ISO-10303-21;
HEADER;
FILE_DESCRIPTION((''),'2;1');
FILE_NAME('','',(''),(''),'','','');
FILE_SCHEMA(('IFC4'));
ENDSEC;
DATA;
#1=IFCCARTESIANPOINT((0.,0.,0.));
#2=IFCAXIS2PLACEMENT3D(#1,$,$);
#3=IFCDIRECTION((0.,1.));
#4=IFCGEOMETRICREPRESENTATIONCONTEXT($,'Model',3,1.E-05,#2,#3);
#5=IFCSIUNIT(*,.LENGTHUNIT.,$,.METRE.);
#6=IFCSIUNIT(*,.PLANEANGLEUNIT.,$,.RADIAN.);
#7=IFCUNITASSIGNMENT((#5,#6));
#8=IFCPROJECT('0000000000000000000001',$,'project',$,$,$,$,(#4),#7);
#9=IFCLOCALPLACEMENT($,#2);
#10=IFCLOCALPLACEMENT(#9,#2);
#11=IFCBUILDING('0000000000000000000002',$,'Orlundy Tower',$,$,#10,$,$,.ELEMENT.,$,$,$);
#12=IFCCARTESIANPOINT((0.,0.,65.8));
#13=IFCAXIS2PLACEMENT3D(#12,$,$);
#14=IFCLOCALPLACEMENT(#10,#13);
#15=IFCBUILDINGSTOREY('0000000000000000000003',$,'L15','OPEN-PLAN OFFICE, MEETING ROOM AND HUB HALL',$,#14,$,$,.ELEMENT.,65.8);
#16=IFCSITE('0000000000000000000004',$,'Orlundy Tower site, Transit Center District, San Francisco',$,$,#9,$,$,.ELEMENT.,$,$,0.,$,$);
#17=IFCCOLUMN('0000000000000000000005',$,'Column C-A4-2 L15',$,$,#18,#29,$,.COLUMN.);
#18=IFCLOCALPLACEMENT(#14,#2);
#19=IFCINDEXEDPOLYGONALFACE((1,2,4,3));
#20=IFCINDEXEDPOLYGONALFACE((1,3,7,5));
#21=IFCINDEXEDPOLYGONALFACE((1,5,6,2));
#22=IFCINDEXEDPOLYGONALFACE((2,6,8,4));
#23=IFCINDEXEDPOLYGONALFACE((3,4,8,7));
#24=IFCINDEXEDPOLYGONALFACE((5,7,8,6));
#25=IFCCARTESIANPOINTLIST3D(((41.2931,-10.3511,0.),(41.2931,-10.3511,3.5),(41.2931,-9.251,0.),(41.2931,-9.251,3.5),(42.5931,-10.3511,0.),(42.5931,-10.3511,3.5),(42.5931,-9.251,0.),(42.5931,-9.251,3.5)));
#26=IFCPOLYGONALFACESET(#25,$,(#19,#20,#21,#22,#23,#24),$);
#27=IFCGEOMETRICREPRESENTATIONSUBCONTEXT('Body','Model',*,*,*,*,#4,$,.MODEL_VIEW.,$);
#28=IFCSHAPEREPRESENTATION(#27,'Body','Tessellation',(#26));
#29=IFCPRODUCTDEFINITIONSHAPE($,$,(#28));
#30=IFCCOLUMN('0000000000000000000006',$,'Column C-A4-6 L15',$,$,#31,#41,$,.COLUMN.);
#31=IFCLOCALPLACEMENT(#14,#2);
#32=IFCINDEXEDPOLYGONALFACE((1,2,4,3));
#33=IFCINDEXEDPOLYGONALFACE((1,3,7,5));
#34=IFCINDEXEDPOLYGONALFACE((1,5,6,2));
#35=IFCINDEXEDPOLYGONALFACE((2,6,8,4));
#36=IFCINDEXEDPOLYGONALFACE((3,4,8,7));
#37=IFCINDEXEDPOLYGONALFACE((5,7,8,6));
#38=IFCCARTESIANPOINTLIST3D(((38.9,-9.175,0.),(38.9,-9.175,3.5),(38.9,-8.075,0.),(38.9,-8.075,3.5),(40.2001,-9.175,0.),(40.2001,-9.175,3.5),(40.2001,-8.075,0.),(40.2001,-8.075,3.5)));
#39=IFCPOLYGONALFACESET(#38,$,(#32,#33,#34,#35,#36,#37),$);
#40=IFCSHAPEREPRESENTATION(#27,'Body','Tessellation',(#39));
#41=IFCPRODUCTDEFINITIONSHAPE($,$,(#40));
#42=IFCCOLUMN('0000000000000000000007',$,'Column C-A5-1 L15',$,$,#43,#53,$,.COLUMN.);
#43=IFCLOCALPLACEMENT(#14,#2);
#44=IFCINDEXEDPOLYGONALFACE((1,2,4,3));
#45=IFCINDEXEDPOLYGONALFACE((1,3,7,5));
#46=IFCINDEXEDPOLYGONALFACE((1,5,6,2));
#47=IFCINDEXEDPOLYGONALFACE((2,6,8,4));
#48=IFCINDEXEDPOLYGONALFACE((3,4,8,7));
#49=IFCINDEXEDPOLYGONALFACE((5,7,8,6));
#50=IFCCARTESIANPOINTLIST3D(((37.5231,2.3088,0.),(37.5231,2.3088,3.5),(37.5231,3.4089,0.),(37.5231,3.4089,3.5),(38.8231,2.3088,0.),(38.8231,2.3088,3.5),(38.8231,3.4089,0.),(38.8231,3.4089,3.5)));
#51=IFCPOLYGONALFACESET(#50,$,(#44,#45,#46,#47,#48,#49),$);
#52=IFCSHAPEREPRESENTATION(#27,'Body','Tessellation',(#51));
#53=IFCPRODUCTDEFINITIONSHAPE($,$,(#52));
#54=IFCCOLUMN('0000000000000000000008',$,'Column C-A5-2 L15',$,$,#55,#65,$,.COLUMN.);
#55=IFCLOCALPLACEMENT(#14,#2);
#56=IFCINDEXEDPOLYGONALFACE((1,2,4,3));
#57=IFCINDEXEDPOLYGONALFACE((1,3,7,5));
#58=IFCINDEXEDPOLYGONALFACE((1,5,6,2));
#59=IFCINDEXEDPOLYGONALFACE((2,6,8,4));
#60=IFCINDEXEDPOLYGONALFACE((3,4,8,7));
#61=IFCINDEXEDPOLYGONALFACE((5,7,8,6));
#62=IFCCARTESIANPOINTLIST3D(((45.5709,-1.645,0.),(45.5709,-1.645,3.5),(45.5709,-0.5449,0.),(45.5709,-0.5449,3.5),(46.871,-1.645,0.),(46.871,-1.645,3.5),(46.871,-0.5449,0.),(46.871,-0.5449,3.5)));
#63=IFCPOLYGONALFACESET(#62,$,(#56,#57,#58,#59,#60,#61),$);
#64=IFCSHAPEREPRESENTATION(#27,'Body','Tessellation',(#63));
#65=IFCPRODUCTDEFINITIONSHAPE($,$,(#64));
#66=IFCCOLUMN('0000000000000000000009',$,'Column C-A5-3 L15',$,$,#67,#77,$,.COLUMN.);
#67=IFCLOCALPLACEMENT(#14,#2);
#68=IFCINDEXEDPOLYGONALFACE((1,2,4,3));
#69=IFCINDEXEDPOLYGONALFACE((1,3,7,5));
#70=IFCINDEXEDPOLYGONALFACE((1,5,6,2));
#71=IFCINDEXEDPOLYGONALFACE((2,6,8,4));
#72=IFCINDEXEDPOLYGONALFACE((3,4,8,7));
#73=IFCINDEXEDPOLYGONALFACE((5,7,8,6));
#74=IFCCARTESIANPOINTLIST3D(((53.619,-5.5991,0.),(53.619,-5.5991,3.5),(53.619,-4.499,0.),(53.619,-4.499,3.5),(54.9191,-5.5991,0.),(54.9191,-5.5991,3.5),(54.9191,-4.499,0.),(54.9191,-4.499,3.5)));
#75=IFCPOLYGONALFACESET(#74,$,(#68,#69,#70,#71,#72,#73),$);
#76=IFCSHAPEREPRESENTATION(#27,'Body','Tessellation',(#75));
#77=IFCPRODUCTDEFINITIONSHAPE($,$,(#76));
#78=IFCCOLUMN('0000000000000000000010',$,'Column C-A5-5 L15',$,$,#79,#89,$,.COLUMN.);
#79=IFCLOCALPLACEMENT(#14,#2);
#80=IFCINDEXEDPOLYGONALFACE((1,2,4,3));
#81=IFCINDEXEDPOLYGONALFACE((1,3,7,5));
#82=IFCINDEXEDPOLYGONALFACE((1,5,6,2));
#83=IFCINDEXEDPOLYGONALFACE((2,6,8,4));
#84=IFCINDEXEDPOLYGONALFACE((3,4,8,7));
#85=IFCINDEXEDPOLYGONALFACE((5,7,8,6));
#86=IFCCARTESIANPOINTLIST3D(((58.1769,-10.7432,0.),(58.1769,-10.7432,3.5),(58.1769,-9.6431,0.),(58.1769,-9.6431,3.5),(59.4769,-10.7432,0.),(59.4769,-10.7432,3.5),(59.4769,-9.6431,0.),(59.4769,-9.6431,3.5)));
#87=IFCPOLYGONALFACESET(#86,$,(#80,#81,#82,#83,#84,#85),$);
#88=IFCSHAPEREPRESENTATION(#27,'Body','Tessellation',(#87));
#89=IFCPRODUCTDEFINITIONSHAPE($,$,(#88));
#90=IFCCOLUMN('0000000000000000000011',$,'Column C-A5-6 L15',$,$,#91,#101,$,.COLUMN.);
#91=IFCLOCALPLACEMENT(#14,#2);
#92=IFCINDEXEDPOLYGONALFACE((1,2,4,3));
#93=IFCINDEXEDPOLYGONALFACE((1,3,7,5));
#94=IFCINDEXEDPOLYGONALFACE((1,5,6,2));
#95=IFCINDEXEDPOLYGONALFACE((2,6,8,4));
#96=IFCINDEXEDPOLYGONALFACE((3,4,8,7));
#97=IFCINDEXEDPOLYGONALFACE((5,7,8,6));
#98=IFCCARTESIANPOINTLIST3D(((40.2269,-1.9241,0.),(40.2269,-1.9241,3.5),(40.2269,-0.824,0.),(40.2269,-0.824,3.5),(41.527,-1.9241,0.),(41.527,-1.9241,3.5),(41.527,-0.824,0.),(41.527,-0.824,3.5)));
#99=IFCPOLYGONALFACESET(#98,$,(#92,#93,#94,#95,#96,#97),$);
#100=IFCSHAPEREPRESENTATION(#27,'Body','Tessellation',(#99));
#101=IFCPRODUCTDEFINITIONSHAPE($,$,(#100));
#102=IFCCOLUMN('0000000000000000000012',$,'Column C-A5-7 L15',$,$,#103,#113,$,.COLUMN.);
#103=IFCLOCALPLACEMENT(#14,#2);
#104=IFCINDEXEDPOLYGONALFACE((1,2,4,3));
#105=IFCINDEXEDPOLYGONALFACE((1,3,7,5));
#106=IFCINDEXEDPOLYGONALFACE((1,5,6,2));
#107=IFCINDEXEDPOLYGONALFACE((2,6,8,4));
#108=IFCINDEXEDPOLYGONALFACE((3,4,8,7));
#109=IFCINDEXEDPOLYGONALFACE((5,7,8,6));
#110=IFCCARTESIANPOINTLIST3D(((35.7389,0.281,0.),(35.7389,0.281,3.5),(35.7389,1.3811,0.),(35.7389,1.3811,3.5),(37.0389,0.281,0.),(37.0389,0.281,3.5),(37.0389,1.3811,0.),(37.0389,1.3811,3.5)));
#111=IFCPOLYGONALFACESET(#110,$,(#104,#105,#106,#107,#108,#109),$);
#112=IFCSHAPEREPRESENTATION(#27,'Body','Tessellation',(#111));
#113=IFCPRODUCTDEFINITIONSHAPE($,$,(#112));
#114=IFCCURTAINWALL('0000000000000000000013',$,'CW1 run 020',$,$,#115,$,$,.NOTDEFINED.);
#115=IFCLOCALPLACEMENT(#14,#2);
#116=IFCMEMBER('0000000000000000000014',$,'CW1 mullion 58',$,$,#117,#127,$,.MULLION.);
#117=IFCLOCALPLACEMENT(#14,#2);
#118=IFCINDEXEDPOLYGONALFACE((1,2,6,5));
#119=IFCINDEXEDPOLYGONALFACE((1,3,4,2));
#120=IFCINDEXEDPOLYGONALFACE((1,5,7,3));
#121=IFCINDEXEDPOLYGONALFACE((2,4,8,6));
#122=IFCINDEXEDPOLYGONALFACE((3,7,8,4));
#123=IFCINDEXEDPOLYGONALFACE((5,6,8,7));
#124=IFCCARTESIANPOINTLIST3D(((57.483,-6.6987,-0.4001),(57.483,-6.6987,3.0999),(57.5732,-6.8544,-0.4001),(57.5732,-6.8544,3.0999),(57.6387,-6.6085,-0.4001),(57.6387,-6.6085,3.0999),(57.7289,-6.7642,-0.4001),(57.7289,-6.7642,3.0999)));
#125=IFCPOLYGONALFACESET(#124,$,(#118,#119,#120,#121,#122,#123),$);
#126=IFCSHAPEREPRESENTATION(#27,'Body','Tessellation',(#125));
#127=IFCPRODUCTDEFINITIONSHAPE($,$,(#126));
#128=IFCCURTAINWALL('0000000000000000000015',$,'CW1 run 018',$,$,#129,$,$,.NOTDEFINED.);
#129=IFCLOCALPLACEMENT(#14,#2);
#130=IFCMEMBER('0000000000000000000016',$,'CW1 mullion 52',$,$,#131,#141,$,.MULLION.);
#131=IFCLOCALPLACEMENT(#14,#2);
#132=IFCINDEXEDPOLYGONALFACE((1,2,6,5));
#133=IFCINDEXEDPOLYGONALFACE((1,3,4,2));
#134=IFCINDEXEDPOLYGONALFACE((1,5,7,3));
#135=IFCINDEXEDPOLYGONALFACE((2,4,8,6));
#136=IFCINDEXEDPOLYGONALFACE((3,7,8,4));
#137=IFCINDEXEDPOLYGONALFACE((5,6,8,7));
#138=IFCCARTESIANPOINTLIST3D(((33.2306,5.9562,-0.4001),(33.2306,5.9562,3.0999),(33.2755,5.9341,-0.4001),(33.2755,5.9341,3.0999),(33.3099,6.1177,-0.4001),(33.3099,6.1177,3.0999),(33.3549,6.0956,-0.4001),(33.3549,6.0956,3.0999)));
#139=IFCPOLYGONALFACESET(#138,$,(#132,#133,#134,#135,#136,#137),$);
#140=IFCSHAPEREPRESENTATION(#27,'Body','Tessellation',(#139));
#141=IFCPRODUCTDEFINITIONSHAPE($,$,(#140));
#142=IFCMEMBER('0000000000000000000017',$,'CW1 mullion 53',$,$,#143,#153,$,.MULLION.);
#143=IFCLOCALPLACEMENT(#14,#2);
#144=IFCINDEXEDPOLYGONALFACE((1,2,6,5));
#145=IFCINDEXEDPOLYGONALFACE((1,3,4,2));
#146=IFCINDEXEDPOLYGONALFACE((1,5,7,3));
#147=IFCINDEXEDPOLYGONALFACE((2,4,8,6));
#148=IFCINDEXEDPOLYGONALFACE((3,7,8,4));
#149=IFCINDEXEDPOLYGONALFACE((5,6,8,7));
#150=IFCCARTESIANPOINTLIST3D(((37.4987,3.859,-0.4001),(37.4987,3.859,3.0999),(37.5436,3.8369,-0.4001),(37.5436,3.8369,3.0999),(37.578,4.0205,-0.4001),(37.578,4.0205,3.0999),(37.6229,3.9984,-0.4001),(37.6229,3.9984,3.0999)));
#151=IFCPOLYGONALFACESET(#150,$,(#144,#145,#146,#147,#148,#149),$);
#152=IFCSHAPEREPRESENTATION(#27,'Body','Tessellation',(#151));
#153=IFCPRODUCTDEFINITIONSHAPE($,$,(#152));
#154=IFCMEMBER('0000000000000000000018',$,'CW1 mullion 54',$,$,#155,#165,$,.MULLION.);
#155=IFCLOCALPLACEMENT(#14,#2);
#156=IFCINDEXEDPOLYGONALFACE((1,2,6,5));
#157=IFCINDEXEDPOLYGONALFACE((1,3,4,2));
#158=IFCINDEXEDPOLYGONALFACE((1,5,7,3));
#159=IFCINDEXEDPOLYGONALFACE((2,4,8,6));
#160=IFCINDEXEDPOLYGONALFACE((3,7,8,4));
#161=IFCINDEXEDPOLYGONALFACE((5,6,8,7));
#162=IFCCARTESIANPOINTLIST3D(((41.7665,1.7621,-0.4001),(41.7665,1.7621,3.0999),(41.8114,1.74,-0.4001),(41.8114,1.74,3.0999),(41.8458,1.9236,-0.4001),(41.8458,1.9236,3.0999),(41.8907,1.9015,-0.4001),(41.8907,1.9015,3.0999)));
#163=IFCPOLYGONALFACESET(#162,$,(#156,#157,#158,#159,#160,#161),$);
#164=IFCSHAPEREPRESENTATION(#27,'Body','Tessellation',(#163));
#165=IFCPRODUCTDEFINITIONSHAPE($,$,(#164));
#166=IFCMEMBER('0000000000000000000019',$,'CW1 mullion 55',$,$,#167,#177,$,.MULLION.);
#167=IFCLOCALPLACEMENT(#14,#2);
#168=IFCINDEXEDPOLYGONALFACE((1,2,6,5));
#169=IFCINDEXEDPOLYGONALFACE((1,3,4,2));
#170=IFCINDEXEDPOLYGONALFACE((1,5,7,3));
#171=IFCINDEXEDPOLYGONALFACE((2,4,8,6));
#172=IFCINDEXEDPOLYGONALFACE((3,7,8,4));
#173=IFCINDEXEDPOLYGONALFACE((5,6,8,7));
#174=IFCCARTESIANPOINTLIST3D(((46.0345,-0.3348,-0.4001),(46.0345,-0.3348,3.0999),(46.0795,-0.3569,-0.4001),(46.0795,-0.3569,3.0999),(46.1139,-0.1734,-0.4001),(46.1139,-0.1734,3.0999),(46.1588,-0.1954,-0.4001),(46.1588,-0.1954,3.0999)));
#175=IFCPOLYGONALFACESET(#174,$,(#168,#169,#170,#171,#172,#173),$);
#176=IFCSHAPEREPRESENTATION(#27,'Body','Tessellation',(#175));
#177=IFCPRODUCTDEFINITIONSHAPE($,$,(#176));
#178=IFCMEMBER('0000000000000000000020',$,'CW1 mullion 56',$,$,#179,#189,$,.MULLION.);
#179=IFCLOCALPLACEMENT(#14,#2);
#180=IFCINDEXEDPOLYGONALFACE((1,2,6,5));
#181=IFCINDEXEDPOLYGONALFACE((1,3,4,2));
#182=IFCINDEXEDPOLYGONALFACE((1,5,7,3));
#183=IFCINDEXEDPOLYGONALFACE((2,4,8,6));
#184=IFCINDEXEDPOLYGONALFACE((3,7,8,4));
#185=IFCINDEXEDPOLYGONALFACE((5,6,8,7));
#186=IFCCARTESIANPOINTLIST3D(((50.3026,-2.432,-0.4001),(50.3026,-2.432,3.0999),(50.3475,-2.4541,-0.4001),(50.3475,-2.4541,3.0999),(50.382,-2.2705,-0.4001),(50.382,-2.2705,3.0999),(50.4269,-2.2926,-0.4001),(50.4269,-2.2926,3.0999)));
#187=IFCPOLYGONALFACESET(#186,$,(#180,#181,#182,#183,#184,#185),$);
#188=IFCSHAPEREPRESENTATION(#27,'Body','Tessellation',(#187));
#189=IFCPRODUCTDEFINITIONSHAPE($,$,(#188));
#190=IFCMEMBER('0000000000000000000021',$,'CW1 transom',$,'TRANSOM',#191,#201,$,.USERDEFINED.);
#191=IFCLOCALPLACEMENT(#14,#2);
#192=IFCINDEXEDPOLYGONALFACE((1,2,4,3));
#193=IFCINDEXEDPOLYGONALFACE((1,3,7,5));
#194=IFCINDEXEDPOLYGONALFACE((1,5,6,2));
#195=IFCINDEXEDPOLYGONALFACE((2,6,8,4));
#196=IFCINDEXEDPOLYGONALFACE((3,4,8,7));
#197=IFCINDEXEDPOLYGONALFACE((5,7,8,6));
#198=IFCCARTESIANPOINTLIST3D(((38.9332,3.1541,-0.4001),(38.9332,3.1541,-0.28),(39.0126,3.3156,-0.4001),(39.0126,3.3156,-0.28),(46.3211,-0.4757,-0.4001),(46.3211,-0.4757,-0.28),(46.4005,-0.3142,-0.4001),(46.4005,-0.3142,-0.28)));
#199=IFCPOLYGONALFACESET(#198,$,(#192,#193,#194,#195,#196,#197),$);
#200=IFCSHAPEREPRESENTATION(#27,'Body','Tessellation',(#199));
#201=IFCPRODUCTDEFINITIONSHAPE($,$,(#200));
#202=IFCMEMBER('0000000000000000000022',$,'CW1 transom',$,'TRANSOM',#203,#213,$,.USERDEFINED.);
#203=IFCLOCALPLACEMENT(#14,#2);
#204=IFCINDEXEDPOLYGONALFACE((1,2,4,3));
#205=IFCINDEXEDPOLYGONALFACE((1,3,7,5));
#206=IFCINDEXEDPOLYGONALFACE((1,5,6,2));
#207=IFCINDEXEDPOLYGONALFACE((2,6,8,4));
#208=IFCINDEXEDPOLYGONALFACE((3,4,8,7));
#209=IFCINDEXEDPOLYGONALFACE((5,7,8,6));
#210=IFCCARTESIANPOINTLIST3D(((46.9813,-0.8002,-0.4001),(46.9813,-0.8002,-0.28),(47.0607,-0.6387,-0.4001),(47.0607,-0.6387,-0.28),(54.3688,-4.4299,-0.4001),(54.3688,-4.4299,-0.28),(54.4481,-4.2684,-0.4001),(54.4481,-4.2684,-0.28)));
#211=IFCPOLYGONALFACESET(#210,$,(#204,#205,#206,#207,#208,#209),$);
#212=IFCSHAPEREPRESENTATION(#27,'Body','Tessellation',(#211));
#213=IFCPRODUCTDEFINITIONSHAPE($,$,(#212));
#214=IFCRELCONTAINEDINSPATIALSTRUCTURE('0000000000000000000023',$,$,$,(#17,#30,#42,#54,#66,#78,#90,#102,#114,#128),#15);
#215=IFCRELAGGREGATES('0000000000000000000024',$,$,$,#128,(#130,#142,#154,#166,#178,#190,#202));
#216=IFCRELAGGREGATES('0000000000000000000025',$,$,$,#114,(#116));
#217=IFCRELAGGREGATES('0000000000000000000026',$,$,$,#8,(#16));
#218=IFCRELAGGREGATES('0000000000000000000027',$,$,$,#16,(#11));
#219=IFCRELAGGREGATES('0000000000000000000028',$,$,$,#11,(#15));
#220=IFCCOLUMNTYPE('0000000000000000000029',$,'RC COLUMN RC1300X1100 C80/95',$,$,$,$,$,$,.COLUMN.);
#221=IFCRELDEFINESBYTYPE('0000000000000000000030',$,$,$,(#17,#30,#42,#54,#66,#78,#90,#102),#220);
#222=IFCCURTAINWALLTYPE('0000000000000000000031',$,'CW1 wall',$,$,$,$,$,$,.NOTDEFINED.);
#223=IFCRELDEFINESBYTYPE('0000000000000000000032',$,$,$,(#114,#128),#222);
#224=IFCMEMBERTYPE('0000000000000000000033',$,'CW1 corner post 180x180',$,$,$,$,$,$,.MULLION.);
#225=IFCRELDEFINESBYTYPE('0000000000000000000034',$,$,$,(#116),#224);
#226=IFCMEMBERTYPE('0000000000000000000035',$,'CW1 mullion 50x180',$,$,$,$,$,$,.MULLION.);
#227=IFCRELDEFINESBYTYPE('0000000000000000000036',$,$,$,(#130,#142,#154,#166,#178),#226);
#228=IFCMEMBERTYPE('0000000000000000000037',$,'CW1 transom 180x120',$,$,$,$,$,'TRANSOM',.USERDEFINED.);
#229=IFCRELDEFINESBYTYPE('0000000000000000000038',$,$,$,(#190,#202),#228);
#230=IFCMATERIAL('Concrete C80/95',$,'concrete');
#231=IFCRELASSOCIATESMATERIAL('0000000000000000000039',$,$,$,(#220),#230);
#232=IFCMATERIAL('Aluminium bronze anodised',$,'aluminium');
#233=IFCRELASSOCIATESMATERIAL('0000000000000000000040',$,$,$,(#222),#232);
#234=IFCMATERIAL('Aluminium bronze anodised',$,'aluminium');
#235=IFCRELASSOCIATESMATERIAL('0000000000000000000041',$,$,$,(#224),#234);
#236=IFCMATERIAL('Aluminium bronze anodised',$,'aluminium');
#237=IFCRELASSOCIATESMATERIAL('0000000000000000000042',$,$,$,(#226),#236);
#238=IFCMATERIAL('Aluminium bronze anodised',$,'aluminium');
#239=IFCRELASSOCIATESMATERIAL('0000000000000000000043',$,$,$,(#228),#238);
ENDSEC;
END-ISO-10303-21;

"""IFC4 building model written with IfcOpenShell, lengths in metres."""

from ifc_helpers import new_model, si_unit, direction, frame, origin, origin_2d, place, context, subcontext, project, spatial, rectangle, extrude, material, material_profile, profile_set, type_object, element, aggregate, save


model = new_model("IFC4")

# Units and contexts
model_context = context("Model", 3, precision=1e-05, world=origin(), true_north=direction((0.0, 1.0)))
body_context = subcontext(model_context, "Body", "Model", "MODEL_VIEW")
ifc_project = project(units=[si_unit("LENGTHUNIT", "METRE"), si_unit("PLANEANGLEUNIT", "RADIAN")], contexts=[model_context])

# Site, building, storey
site_placement = place(None, origin())
site = spatial("IfcSite", under=ifc_project, at=site_placement, Name="Orlundy Tower site, Transit Center District, San Francisco", CompositionType="ELEMENT", RefElevation=0.0)
building_placement = place(site_placement, origin())
building = spatial("IfcBuilding", under=site, at=building_placement, Name="Orlundy Tower", CompositionType="ELEMENT")
storey_placement = place(building_placement, frame((0.0, 0.0, 65.8)))
storey = spatial("IfcBuildingStorey", under=building, at=storey_placement, Name="L15", Description="OPEN-PLAN OFFICE, MEETING ROOM AND HUB HALL", CompositionType="ELEMENT", Elevation=65.8)

# Columns
ifc_material_1 = material(Name="Concrete C80/95", Category="concrete")
ifc_material_profile_1 = material_profile(ifc_material_1, rectangle(XDim=1.3, YDim=1.1001, at=origin_2d()), Name="RC1300X1100")
ifc_profile_set_1 = profile_set([ifc_material_profile_1], Name="Concrete C80/95")
column_type = type_object("IfcColumnType", Name="RC COLUMN RC1300X1100 C80/95", PredefinedType="COLUMN", material=ifc_profile_set_1)
for number, where, z_axis, x_axis, name in (
    (1, (41.9431, -9.801, 0.0), (0.0, 0.0, 1.0), (1.0, 0.0, 0.0), "Column C-A4-2 L15"),
    (2, (39.55, -8.625, 0.0), (0.0, 0.0, 1.0), (1.0, 0.0, 0.0), "Column C-A4-6 L15"),
    (3, (38.1731, 2.8589, 0.0), (0.0, 0.0, 1.0), (1.0, 0.0, 0.0), "Column C-A5-1 L15"),
    (4, (46.2209, -1.095, 0.0), (0.0, 0.0, 1.0), (1.0, 0.0, 0.0), "Column C-A5-2 L15"),
    (5, (54.269, -5.0491, 0.0), (0.0, 0.0, 1.0), (1.0, 0.0, 0.0), "Column C-A5-3 L15"),
    (6, (58.8269, -10.1931, 0.0), (0.0, 0.0, 1.0), (1.0, 0.0, 0.0), "Column C-A5-5 L15"),
    (7, (40.877, -1.374, 0.0), (0.0, 0.0, 1.0), (1.0, 0.0, 0.0), "Column C-A5-6 L15"),
    (8, (36.3889, 0.8311, 0.0), (0.0, 0.0, 1.0), (1.0, 0.0, 0.0), "Column C-A5-7 L15"),
):
    element("IfcColumn", number, at=place(storey_placement, frame(where, z_axis=z_axis, x_axis=x_axis)), inside=storey, type_object=column_type, Name=name, PredefinedType="COLUMN", context=body_context, shape_type="SweptSolid", body=[
        extrude(rectangle(XDim=1.3, YDim=1.1001, at=origin_2d()), origin(), (0.0, 0.0, 1.0), 3.5),
    ])

# Curtain wall, member
ifc_material_2 = material(Name="Aluminium bronze anodised", Category="aluminium")
curtain_wall_type = type_object("IfcCurtainWallType", Name="CW1 wall", PredefinedType="NOTDEFINED", material=ifc_material_2)
curtain_wall_1_placement = place(storey_placement, origin())
curtain_wall_1 = element("IfcCurtainWall", 9, at=curtain_wall_1_placement, inside=storey, type_object=curtain_wall_type, Name="CW1 run 020", PredefinedType="NOTDEFINED")
ifc_material_3 = material(Name="Aluminium bronze anodised", Category="aluminium")
ifc_material_profile_2 = material_profile(ifc_material_3, rectangle(XDim=0.1799, YDim=0.1799, at=origin_2d()), Name="CW1 corner post 180x180")
ifc_profile_set_2 = profile_set([ifc_material_profile_2], Name="Aluminium bronze anodised")
member_type_1 = type_object("IfcMemberType", Name="CW1 corner post 180x180", PredefinedType="MULLION", material=ifc_profile_set_2)
member_1_placement = place(storey_placement, frame((57.606, -6.7314, -0.4001), z_axis=(0.0, 0.0, 1.0), x_axis=(0.86534, 0.501185, 0.0)))
member_1 = element("IfcMember", 10, at=member_1_placement, type_object=member_type_1, Name="CW1 mullion 58", PredefinedType="MULLION", context=body_context, shape_type="SweptSolid", body=[
    extrude(rectangle(XDim=0.1799, YDim=0.1799, at=origin_2d()), origin(), (0.0, 0.0, 1.0), 3.5),
])

# Curtain wall, members
curtain_wall_2_placement = place(storey_placement, origin())
curtain_wall_2 = element("IfcCurtainWall", 11, at=curtain_wall_2_placement, inside=storey, type_object=curtain_wall_type, Name="CW1 run 018", PredefinedType="NOTDEFINED")
ifc_material_4 = material(Name="Aluminium bronze anodised", Category="aluminium")
ifc_material_profile_3 = material_profile(ifc_material_4, rectangle(XDim=0.1799, YDim=0.05, at=origin_2d()), Name="CW1 mullion 50x180")
ifc_profile_set_3 = profile_set([ifc_material_profile_3], Name="Aluminium bronze anodised")
member_type_2 = type_object("IfcMemberType", Name="CW1 mullion 50x180", PredefinedType="MULLION", material=ifc_profile_set_3)
member_2_placement = place(storey_placement, frame((33.2927, 6.0259, -0.4001), z_axis=(0.0, 0.0, 1.0), x_axis=(0.440978, 0.897518, 0.0)))
member_2 = element("IfcMember", 12, at=member_2_placement, type_object=member_type_2, Name="CW1 mullion 52", PredefinedType="MULLION", context=body_context, shape_type="SweptSolid", body=[
    extrude(rectangle(XDim=0.1799, YDim=0.05, at=origin_2d()), origin(), (0.0, 0.0, 1.0), 3.5),
])
member_3_placement = place(storey_placement, frame((37.5608, 3.9287, -0.4001), z_axis=(0.0, 0.0, 1.0), x_axis=(0.440978, 0.897518, 0.0)))
member_3 = element("IfcMember", 13, at=member_3_placement, type_object=member_type_2, Name="CW1 mullion 53", PredefinedType="MULLION", context=body_context, shape_type="SweptSolid", body=[
    extrude(rectangle(XDim=0.1799, YDim=0.05, at=origin_2d()), origin(), (0.0, 0.0, 1.0), 3.5),
])
member_4_placement = place(storey_placement, frame((41.8286, 1.8318, -0.4001), z_axis=(0.0, 0.0, 1.0), x_axis=(0.440978, 0.897518, 0.0)))
member_4 = element("IfcMember", 14, at=member_4_placement, type_object=member_type_2, Name="CW1 mullion 54", PredefinedType="MULLION", context=body_context, shape_type="SweptSolid", body=[
    extrude(rectangle(XDim=0.1799, YDim=0.05, at=origin_2d()), origin(), (0.0, 0.0, 1.0), 3.5),
])
member_5_placement = place(storey_placement, frame((46.0967, -0.2651, -0.4001), z_axis=(0.0, 0.0, 1.0), x_axis=(0.440978, 0.897518, 0.0)))
member_5 = element("IfcMember", 15, at=member_5_placement, type_object=member_type_2, Name="CW1 mullion 55", PredefinedType="MULLION", context=body_context, shape_type="SweptSolid", body=[
    extrude(rectangle(XDim=0.1799, YDim=0.05, at=origin_2d()), origin(), (0.0, 0.0, 1.0), 3.5),
])
member_6_placement = place(storey_placement, frame((50.3647, -2.3623, -0.4001), z_axis=(0.0, 0.0, 1.0), x_axis=(0.440978, 0.897518, 0.0)))
member_6 = element("IfcMember", 16, at=member_6_placement, type_object=member_type_2, Name="CW1 mullion 56", PredefinedType="MULLION", context=body_context, shape_type="SweptSolid", body=[
    extrude(rectangle(XDim=0.1799, YDim=0.05, at=origin_2d()), origin(), (0.0, 0.0, 1.0), 3.5),
])
ifc_material_5 = material(Name="Aluminium bronze anodised", Category="aluminium")
ifc_material_profile_4 = material_profile(ifc_material_5, rectangle(XDim=0.1799, YDim=0.1201, at=origin_2d()), Name="CW1 transom 180x120")
ifc_profile_set_4 = profile_set([ifc_material_profile_4], Name="Aluminium bronze anodised")
member_type_3 = type_object("IfcMemberType", Name="CW1 transom 180x120", ElementType="TRANSOM", PredefinedType="USERDEFINED", material=ifc_profile_set_4)
member_7_placement = place(storey_placement, frame((38.9729, 3.2349, -0.3401), z_axis=(0.89752, -0.440974, 0.0), x_axis=(0.440974, 0.89752, 0.0)))
member_7 = element("IfcMember", 17, at=member_7_placement, type_object=member_type_3, Name="CW1 transom", ObjectType="TRANSOM", PredefinedType="USERDEFINED", context=body_context, shape_type="SweptSolid", body=[
    extrude(rectangle(XDim=0.1799, YDim=0.1201, at=origin_2d()), origin(), (0.0, 0.0, 1.0), 8.2314),
])
member_8_placement = place(storey_placement, frame((47.021, -0.7195, -0.3401), z_axis=(0.89752, -0.440974, 0.0), x_axis=(0.440974, 0.89752, 0.0)))
member_8 = element("IfcMember", 18, at=member_8_placement, type_object=member_type_3, Name="CW1 transom", ObjectType="TRANSOM", PredefinedType="USERDEFINED", context=body_context, shape_type="SweptSolid", body=[
    extrude(rectangle(XDim=0.1799, YDim=0.1201, at=origin_2d()), origin(), (0.0, 0.0, 1.0), 8.231),
])

aggregate(curtain_wall_2, [member_2, member_3, member_4, member_5, member_6, member_7, member_8])
aggregate(curtain_wall_1, [member_1])

save(model, "model.ifc")
